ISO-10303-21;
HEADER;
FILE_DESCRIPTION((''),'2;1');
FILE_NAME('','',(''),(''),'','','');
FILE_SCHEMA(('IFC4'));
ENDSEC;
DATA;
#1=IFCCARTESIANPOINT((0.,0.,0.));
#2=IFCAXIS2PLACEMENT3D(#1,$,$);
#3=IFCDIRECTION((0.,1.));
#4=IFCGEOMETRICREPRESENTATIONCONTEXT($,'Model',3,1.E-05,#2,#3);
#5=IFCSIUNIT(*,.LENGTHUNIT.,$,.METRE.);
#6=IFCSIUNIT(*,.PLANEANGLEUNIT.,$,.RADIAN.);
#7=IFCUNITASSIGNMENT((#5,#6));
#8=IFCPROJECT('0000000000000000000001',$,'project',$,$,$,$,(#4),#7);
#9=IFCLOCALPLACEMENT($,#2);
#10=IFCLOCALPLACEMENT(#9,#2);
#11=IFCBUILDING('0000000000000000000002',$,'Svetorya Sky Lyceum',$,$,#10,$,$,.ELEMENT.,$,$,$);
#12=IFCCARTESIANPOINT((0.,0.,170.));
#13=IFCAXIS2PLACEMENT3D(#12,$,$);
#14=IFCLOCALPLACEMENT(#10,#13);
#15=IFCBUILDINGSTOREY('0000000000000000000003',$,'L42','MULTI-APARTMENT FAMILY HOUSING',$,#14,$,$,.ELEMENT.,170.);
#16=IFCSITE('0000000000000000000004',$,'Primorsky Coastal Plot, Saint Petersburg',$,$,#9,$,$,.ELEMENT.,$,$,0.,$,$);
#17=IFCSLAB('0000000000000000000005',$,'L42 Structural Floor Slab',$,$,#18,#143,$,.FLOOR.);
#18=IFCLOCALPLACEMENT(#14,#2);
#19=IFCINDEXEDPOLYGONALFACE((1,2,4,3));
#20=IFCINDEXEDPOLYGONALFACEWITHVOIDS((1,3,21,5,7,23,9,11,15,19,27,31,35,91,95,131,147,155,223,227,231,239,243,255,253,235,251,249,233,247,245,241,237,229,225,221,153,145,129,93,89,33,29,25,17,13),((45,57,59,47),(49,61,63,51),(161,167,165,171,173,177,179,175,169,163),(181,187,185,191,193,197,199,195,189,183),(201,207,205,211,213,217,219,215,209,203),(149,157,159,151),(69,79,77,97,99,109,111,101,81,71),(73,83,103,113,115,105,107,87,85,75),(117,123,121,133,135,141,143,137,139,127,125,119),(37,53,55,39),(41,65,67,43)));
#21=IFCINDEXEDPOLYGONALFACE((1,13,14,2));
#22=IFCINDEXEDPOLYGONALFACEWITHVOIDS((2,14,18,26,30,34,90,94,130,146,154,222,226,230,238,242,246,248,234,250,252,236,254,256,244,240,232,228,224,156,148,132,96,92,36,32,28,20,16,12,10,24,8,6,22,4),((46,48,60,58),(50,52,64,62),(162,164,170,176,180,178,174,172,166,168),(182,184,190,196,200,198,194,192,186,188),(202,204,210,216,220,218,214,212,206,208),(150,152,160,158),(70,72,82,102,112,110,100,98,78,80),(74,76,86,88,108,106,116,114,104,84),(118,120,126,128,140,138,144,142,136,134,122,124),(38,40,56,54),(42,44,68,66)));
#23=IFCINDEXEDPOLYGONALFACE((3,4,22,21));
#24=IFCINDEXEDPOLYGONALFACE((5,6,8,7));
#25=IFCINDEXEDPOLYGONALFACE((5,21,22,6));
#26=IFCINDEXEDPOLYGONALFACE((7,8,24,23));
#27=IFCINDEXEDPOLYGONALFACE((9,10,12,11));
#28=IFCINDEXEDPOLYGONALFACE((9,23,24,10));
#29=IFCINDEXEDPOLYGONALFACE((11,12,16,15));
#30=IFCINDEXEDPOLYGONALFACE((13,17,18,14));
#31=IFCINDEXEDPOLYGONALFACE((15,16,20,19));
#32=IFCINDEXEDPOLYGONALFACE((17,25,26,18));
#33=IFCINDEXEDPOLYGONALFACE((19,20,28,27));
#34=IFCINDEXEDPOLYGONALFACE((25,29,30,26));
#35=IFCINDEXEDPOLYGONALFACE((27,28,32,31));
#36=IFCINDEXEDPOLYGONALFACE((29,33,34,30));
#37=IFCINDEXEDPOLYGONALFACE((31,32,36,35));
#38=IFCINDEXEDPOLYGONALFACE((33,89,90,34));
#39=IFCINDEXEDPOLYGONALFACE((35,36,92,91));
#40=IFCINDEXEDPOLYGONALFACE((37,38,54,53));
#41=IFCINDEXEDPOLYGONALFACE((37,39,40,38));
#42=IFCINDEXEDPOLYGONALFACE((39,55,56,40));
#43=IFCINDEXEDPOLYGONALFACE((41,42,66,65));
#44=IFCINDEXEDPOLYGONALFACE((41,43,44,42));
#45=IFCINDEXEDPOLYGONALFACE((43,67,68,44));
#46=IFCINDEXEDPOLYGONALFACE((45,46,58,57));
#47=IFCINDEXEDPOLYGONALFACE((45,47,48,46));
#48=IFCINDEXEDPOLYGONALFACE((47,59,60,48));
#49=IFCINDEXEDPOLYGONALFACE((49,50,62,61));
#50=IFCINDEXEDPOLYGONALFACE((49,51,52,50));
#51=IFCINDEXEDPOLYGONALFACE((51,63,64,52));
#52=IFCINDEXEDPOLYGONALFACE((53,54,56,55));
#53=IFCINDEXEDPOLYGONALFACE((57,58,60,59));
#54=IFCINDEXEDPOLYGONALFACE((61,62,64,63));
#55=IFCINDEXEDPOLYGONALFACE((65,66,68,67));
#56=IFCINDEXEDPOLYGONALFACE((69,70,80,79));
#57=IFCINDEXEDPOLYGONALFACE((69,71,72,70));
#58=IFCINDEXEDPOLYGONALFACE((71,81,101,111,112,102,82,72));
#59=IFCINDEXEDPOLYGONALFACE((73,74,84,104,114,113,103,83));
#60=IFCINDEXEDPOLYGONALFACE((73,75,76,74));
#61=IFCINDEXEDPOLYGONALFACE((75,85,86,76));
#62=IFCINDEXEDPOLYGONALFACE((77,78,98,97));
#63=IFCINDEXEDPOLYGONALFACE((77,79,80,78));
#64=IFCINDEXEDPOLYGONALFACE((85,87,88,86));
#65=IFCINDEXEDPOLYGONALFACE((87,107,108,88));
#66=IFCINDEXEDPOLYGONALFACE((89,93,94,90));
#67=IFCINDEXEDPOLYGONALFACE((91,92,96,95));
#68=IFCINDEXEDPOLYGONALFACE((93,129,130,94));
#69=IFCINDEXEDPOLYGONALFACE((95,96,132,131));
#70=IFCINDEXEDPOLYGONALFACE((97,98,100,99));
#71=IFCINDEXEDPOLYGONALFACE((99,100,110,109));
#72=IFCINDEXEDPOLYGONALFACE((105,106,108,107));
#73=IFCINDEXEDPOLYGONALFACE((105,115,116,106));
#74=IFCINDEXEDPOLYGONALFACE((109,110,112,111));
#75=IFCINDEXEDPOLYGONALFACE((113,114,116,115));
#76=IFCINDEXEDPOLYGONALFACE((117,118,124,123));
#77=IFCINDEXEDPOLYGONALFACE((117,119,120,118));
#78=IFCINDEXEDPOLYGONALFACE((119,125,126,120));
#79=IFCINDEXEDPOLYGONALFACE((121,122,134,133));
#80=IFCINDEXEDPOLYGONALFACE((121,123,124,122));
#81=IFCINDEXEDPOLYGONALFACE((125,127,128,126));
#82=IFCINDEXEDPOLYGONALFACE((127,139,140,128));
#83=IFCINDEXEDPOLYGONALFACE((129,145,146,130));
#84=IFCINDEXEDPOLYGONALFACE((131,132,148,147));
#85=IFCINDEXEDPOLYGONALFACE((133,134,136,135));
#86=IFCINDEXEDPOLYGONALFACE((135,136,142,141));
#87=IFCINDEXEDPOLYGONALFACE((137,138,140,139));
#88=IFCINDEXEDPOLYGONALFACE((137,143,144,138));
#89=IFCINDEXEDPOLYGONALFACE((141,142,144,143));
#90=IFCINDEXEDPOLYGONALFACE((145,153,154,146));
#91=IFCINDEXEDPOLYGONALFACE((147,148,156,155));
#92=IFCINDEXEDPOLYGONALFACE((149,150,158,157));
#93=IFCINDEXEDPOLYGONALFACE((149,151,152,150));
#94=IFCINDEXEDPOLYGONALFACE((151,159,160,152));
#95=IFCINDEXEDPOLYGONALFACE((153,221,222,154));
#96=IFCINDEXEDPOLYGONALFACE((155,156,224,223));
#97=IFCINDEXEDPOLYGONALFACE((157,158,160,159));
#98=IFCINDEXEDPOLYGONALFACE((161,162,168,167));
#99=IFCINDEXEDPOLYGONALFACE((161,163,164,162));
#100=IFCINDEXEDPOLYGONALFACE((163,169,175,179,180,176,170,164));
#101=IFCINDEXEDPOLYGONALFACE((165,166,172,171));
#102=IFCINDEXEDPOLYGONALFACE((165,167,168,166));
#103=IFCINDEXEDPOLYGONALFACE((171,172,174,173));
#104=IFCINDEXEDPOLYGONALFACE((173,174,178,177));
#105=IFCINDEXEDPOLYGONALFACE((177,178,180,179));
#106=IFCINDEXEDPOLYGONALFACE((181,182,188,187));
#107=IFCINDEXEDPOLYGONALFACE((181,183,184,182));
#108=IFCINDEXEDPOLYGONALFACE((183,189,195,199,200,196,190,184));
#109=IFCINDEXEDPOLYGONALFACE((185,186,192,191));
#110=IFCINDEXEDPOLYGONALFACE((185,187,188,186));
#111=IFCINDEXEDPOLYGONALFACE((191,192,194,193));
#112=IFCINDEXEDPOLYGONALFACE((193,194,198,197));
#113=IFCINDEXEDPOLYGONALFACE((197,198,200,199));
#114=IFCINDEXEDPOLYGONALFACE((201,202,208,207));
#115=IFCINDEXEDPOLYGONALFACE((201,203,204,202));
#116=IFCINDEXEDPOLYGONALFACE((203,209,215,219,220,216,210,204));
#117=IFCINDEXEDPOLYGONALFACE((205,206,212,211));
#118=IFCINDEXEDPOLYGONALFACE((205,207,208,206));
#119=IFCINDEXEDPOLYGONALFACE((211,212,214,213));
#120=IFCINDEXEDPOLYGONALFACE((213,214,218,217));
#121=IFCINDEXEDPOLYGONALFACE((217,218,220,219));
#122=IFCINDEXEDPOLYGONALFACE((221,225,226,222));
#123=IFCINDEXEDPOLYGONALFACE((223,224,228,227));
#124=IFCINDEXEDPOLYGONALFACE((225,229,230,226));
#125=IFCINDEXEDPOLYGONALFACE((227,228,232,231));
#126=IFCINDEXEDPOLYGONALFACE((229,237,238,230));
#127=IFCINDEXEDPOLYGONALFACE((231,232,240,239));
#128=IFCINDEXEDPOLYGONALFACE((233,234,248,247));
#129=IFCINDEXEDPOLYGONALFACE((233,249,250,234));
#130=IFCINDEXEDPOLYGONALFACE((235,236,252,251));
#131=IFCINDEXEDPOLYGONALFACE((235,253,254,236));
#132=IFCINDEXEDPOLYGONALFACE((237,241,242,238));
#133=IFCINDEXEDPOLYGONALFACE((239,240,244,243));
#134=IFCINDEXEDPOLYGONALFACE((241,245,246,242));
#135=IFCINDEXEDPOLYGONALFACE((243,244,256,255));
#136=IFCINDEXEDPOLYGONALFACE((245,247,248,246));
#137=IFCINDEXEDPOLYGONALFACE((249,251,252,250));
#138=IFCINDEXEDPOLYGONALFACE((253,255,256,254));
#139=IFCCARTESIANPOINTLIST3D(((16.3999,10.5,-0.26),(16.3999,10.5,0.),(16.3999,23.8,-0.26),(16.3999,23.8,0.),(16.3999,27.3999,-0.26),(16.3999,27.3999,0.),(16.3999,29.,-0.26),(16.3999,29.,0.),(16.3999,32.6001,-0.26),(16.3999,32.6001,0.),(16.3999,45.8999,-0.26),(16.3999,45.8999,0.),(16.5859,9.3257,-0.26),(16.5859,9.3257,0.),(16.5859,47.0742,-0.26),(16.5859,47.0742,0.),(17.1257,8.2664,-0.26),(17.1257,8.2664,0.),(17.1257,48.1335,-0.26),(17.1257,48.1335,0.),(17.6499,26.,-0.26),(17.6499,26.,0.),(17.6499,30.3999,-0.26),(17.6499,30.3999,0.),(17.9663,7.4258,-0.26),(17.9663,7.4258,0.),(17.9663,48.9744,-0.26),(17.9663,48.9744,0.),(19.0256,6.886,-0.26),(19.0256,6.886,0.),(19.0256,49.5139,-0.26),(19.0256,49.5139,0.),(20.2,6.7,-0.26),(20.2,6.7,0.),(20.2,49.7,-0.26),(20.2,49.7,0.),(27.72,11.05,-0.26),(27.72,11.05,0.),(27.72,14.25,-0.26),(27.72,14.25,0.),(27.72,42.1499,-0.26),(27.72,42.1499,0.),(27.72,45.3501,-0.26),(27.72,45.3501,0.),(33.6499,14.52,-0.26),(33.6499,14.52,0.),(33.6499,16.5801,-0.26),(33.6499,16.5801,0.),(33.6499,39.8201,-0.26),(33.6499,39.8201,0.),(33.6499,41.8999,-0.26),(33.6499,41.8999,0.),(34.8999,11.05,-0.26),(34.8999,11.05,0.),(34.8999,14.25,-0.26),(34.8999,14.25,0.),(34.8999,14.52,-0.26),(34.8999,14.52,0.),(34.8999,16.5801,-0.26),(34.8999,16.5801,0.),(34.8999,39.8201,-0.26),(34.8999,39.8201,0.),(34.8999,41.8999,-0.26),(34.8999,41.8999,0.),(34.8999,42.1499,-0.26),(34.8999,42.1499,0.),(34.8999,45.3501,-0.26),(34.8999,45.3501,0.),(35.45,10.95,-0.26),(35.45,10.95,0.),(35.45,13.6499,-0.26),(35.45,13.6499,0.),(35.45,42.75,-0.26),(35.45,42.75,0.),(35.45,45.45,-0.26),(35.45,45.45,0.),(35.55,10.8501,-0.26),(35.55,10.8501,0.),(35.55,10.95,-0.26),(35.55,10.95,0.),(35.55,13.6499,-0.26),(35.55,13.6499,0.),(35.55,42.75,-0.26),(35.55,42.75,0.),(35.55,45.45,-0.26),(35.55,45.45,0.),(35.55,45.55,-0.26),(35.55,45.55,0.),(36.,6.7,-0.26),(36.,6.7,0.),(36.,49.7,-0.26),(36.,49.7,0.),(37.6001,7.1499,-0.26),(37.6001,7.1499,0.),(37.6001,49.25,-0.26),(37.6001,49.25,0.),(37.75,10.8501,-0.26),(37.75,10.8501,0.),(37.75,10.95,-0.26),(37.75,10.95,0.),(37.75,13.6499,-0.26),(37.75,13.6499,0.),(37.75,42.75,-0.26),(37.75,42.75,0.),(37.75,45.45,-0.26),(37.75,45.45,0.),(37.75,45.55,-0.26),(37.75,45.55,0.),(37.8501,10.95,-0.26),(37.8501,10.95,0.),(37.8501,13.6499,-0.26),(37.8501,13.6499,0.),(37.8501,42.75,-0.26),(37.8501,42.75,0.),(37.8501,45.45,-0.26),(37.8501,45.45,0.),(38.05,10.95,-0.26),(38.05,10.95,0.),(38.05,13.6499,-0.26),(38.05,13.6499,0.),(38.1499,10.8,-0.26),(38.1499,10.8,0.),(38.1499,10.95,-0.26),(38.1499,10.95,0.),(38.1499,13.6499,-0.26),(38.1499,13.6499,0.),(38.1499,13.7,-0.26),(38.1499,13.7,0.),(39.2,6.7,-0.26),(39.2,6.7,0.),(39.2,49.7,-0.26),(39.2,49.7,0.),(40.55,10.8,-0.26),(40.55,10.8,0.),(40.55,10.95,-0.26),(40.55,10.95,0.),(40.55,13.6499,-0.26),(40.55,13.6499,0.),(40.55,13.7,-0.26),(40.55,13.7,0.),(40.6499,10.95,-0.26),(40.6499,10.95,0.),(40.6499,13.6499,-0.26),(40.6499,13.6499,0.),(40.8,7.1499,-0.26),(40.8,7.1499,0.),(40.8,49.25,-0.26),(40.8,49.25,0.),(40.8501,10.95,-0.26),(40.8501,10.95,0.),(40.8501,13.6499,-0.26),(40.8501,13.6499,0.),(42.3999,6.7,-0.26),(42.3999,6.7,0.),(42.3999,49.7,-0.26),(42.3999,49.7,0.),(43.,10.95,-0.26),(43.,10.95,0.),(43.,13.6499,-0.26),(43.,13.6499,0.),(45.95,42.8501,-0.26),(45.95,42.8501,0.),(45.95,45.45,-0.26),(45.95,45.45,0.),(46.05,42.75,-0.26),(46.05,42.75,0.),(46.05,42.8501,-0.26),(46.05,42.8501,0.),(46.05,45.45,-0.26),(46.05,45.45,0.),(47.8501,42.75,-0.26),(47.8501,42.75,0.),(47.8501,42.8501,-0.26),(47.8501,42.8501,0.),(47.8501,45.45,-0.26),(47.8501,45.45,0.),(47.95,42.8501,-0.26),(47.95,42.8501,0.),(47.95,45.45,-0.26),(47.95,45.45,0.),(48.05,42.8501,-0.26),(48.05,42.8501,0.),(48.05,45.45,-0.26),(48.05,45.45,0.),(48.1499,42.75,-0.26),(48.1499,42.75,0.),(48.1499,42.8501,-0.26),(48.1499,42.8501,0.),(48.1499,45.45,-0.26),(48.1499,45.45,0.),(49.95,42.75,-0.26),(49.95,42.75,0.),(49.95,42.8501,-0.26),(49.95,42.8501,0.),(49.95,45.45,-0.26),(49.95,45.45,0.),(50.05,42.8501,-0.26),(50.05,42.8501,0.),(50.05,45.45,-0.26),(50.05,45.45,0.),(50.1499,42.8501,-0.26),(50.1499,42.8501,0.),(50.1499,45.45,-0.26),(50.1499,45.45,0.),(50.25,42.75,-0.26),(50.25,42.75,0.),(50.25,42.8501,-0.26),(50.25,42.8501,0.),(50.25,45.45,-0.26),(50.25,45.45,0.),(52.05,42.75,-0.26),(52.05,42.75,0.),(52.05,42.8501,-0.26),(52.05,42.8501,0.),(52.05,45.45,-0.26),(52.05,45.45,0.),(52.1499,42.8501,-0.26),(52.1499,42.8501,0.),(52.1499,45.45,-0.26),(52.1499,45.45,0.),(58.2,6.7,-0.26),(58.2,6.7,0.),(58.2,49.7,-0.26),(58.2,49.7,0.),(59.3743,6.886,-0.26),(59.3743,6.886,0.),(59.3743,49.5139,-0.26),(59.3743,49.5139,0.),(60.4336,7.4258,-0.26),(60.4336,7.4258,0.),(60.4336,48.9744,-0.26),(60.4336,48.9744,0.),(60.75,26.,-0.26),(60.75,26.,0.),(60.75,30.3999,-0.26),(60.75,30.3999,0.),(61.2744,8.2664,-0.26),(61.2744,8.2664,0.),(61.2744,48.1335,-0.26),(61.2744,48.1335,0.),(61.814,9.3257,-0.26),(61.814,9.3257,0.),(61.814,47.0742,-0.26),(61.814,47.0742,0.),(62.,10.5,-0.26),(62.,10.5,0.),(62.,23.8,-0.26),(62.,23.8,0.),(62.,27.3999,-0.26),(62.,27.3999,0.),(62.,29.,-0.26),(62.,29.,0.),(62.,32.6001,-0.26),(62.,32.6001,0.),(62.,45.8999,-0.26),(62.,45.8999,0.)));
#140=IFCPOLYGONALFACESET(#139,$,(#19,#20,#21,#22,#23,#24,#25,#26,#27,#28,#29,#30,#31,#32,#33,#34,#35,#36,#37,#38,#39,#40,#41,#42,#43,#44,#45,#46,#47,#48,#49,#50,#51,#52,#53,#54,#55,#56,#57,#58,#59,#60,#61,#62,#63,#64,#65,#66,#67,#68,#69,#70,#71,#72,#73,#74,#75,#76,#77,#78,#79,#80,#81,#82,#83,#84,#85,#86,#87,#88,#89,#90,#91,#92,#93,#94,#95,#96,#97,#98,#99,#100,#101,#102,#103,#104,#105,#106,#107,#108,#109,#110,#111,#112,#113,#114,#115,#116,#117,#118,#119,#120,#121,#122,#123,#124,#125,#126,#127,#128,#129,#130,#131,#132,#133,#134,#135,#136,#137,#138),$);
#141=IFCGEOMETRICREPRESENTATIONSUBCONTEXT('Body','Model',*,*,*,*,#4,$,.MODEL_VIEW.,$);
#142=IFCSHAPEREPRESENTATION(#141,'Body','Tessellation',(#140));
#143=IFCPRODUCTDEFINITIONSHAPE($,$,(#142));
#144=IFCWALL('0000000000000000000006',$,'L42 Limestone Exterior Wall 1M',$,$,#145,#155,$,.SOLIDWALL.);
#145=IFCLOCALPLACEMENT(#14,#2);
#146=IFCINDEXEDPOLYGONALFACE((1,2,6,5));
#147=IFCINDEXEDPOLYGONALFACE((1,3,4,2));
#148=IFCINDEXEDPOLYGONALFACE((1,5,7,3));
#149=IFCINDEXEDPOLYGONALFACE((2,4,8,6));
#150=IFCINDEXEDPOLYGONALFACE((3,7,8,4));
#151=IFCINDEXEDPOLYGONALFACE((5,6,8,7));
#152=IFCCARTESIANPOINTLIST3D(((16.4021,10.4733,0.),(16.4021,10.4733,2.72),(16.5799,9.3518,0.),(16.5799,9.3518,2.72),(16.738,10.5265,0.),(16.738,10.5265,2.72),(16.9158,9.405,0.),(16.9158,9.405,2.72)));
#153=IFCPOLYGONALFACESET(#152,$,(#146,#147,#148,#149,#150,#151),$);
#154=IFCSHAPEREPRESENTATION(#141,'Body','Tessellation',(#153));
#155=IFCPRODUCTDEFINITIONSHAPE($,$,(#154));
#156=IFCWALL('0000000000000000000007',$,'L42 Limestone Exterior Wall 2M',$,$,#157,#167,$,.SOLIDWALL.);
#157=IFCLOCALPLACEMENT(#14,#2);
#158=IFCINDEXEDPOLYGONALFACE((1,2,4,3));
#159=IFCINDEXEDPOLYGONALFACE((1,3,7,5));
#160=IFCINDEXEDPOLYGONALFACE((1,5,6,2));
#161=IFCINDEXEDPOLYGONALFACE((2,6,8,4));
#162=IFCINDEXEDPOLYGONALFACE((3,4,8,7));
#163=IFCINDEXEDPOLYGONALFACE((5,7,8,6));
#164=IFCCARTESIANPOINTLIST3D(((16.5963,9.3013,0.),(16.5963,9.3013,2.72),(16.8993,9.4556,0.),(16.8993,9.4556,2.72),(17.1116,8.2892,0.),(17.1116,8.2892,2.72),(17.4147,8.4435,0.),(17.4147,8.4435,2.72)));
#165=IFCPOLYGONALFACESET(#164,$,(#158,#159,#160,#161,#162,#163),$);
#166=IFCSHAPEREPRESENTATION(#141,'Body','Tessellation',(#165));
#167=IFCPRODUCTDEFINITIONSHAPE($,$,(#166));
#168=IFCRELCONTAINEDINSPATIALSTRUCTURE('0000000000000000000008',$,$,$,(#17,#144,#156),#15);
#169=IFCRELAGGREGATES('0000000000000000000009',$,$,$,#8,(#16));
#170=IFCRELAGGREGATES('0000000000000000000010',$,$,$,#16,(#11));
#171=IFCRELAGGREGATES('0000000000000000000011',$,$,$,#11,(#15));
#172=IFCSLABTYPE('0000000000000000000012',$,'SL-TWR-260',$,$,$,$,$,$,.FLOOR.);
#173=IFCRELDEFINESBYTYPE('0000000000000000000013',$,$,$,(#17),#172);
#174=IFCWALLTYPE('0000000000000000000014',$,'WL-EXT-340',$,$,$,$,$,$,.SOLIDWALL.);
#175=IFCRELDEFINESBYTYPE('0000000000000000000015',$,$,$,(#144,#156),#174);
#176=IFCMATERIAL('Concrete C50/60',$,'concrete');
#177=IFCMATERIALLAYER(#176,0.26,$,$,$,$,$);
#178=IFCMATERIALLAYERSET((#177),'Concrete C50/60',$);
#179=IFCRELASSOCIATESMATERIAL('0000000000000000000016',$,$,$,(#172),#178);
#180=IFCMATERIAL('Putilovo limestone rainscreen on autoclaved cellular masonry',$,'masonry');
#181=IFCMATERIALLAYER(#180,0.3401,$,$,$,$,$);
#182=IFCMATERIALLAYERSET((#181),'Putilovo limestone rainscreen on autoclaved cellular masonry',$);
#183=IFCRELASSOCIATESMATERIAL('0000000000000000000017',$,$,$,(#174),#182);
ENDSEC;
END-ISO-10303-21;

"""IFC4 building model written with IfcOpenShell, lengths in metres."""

from ifc_helpers import new_model, si_unit, direction, frame, frame_2d, origin, place, context, subcontext, project, spatial, polyline, rectangle, outline, extrude, material, layer, layer_set, type_object, element, save


model = new_model("IFC4")

# Units and contexts
model_context = context("Model", 3, precision=1e-05, world=origin(), true_north=direction((0.0, 1.0)))
body_context = subcontext(model_context, "Body", "Model", "MODEL_VIEW")
ifc_project = project(units=[si_unit("LENGTHUNIT", "METRE"), si_unit("PLANEANGLEUNIT", "RADIAN")], contexts=[model_context])

# Site, building, storey
site_placement = place(None, origin())
site = spatial("IfcSite", under=ifc_project, at=site_placement, Name="Primorsky Coastal Plot, Saint Petersburg", CompositionType="ELEMENT", RefElevation=0.0)
building_placement = place(site_placement, origin())
building = spatial("IfcBuilding", under=site, at=building_placement, Name="Svetorya Sky Lyceum", CompositionType="ELEMENT")
storey_placement = place(building_placement, frame((0.0, 0.0, 170.0)))
storey = spatial("IfcBuildingStorey", under=building, at=storey_placement, Name="L42", Description="MULTI-APARTMENT FAMILY HOUSING", CompositionType="ELEMENT", Elevation=170.0)

# Shared definitions
ifc_material_1 = material(Name="Concrete C50/60", Category="concrete")

# Slab
ifc_layer_1 = layer(ifc_material_1, 0.26)
ifc_layer_set_1 = layer_set([ifc_layer_1], Name="Concrete C50/60")
slab_type_1 = type_object("IfcSlabType", Name="SL-TWR-260", PredefinedType="FLOOR", material=ifc_layer_set_1)
slab_1_placement = place(storey_placement, frame((0.0, 0.0, -0.26)))
element("IfcSlab", 1, at=slab_1_placement, inside=storey, type_object=slab_type_1, Name="L42 Structural Floor Slab", PredefinedType="FLOOR", context=body_context, shape_type="SweptSolid", body=[
    extrude(outline(polyline([(16.3999, 10.5), (16.5859, 9.3257), (17.1257, 8.2664), (17.9663, 7.4258), (19.0256, 6.886), (20.2, 6.7), (36.0, 6.7), (37.6001, 7.1499), (39.2, 6.7), (40.8, 7.1499), (42.3999, 6.7), (58.2, 6.7), (59.3743, 6.886), (60.4336, 7.4258), (61.2744, 8.2664), (61.814, 9.3257), (62.0, 10.5), (62.0, 23.8), (60.75, 26.0), (62.0, 27.3999), (62.0, 29.0), (60.75, 30.3999), (62.0, 32.6001), (62.0, 45.8999), (61.814, 47.0742), (61.2744, 48.1335), (60.4336, 48.9744), (59.3743, 49.5139), (58.2, 49.7), (42.3999, 49.7), (40.8, 49.25), (39.2, 49.7), (37.6001, 49.25), (36.0, 49.7), (20.2, 49.7), (19.0256, 49.5139), (17.9663, 48.9744), (17.1257, 48.1335), (16.5859, 47.0742), (16.3999, 45.8999), (16.3999, 32.6001), (17.6499, 30.3999), (16.3999, 29.0), (16.3999, 27.3999), (17.6499, 26.0), (16.3999, 23.8), (16.3999, 10.5)]), holes=[polyline([(37.8501, 10.95), (37.75, 10.95), (37.75, 10.8501), (35.55, 10.8501), (35.55, 10.95), (35.45, 10.95), (35.45, 13.6499), (35.55, 13.6499), (37.75, 13.6499), (37.8501, 13.6499), (37.8501, 10.95)]), polyline([(38.1499, 10.8), (38.1499, 10.95), (38.05, 10.95), (38.05, 13.6499), (38.1499, 13.6499), (38.1499, 13.7), (40.55, 13.7), (40.55, 13.6499), (40.6499, 13.6499), (40.6499, 10.95), (40.55, 10.95), (40.55, 10.8), (38.1499, 10.8)]), polyline([(27.72, 11.05), (27.72, 14.25), (34.8999, 14.25), (34.8999, 11.05), (27.72, 11.05)]), polyline([(33.6499, 14.52), (33.6499, 16.5801), (34.8999, 16.5801), (34.8999, 14.52), (33.6499, 14.52)]), polyline([(33.6499, 39.8201), (33.6499, 41.8999), (34.8999, 41.8999), (34.8999, 39.8201), (33.6499, 39.8201)]), polyline([(27.72, 42.1499), (27.72, 45.3501), (34.8999, 45.3501), (34.8999, 42.1499), (27.72, 42.1499)]), polyline([(37.75, 42.75), (35.55, 42.75), (35.45, 42.75), (35.45, 45.45), (35.55, 45.45), (35.55, 45.55), (37.75, 45.55), (37.75, 45.45), (37.8501, 45.45), (37.8501, 42.75), (37.75, 42.75)]), polyline([(40.8501, 10.95), (40.8501, 13.6499), (43.0, 13.6499), (43.0, 10.95), (40.8501, 10.95)]), polyline([(46.05, 42.75), (46.05, 42.8501), (45.95, 42.8501), (45.95, 45.45), (46.05, 45.45), (47.8501, 45.45), (47.95, 45.45), (47.95, 42.8501), (47.8501, 42.8501), (47.8501, 42.75), (46.05, 42.75)]), polyline([(50.05, 42.8501), (49.95, 42.8501), (49.95, 42.75), (48.1499, 42.75), (48.1499, 42.8501), (48.05, 42.8501), (48.05, 45.45), (48.1499, 45.45), (49.95, 45.45), (50.05, 45.45), (50.05, 42.8501)]), polyline([(52.1499, 42.8501), (52.05, 42.8501), (52.05, 42.75), (50.25, 42.75), (50.25, 42.8501), (50.1499, 42.8501), (50.1499, 45.45), (50.25, 45.45), (52.05, 45.45), (52.1499, 45.45), (52.1499, 42.8501)])]), origin(), (0.0, 0.0, 1.0), 0.26),
])

# Walls
ifc_material_2 = material(Name="Putilovo limestone rainscreen on autoclaved cellular masonry", Category="masonry")
ifc_layer_2 = layer(ifc_material_2, 0.3401)
ifc_layer_set_2 = layer_set([ifc_layer_2], Name="Putilovo limestone rainscreen on autoclaved cellular masonry")
wall_type_1 = type_object("IfcWallType", Name="WL-EXT-340", PredefinedType="SOLIDWALL", material=ifc_layer_set_2)
wall_1_placement = place(storey_placement, frame((16.5701, 10.5, 0.0), z_axis=(0.0, 0.0, 1.0), x_axis=(0.156515, -0.987676, 0.0)))
element("IfcWall", 2, at=wall_1_placement, inside=storey, type_object=wall_type_1, Name="L42 Limestone Exterior Wall 1M", PredefinedType="SOLIDWALL", context=body_context, shape_type="SweptSolid", body=[
    extrude(rectangle(XDim=1.1355, YDim=0.3401, at=frame_2d((0.5679, 0.0))), origin(), (0.0, 0.0, 1.0), 2.72),
])
wall_2_placement = place(storey_placement, frame((16.7478, 9.3784, 0.0), z_axis=(0.0, 0.0, 1.0), x_axis=(0.453736, -0.891136, 0.0)))
element("IfcWall", 3, at=wall_2_placement, inside=storey, type_object=wall_type_1, Name="L42 Limestone Exterior Wall 2M", PredefinedType="SOLIDWALL", context=body_context, shape_type="SweptSolid", body=[
    extrude(rectangle(XDim=1.1357, YDim=0.3401, at=frame_2d((0.5679, 0.0))), origin(), (0.0, 0.0, 1.0), 2.72),
])

save(model, "model.ifc")
